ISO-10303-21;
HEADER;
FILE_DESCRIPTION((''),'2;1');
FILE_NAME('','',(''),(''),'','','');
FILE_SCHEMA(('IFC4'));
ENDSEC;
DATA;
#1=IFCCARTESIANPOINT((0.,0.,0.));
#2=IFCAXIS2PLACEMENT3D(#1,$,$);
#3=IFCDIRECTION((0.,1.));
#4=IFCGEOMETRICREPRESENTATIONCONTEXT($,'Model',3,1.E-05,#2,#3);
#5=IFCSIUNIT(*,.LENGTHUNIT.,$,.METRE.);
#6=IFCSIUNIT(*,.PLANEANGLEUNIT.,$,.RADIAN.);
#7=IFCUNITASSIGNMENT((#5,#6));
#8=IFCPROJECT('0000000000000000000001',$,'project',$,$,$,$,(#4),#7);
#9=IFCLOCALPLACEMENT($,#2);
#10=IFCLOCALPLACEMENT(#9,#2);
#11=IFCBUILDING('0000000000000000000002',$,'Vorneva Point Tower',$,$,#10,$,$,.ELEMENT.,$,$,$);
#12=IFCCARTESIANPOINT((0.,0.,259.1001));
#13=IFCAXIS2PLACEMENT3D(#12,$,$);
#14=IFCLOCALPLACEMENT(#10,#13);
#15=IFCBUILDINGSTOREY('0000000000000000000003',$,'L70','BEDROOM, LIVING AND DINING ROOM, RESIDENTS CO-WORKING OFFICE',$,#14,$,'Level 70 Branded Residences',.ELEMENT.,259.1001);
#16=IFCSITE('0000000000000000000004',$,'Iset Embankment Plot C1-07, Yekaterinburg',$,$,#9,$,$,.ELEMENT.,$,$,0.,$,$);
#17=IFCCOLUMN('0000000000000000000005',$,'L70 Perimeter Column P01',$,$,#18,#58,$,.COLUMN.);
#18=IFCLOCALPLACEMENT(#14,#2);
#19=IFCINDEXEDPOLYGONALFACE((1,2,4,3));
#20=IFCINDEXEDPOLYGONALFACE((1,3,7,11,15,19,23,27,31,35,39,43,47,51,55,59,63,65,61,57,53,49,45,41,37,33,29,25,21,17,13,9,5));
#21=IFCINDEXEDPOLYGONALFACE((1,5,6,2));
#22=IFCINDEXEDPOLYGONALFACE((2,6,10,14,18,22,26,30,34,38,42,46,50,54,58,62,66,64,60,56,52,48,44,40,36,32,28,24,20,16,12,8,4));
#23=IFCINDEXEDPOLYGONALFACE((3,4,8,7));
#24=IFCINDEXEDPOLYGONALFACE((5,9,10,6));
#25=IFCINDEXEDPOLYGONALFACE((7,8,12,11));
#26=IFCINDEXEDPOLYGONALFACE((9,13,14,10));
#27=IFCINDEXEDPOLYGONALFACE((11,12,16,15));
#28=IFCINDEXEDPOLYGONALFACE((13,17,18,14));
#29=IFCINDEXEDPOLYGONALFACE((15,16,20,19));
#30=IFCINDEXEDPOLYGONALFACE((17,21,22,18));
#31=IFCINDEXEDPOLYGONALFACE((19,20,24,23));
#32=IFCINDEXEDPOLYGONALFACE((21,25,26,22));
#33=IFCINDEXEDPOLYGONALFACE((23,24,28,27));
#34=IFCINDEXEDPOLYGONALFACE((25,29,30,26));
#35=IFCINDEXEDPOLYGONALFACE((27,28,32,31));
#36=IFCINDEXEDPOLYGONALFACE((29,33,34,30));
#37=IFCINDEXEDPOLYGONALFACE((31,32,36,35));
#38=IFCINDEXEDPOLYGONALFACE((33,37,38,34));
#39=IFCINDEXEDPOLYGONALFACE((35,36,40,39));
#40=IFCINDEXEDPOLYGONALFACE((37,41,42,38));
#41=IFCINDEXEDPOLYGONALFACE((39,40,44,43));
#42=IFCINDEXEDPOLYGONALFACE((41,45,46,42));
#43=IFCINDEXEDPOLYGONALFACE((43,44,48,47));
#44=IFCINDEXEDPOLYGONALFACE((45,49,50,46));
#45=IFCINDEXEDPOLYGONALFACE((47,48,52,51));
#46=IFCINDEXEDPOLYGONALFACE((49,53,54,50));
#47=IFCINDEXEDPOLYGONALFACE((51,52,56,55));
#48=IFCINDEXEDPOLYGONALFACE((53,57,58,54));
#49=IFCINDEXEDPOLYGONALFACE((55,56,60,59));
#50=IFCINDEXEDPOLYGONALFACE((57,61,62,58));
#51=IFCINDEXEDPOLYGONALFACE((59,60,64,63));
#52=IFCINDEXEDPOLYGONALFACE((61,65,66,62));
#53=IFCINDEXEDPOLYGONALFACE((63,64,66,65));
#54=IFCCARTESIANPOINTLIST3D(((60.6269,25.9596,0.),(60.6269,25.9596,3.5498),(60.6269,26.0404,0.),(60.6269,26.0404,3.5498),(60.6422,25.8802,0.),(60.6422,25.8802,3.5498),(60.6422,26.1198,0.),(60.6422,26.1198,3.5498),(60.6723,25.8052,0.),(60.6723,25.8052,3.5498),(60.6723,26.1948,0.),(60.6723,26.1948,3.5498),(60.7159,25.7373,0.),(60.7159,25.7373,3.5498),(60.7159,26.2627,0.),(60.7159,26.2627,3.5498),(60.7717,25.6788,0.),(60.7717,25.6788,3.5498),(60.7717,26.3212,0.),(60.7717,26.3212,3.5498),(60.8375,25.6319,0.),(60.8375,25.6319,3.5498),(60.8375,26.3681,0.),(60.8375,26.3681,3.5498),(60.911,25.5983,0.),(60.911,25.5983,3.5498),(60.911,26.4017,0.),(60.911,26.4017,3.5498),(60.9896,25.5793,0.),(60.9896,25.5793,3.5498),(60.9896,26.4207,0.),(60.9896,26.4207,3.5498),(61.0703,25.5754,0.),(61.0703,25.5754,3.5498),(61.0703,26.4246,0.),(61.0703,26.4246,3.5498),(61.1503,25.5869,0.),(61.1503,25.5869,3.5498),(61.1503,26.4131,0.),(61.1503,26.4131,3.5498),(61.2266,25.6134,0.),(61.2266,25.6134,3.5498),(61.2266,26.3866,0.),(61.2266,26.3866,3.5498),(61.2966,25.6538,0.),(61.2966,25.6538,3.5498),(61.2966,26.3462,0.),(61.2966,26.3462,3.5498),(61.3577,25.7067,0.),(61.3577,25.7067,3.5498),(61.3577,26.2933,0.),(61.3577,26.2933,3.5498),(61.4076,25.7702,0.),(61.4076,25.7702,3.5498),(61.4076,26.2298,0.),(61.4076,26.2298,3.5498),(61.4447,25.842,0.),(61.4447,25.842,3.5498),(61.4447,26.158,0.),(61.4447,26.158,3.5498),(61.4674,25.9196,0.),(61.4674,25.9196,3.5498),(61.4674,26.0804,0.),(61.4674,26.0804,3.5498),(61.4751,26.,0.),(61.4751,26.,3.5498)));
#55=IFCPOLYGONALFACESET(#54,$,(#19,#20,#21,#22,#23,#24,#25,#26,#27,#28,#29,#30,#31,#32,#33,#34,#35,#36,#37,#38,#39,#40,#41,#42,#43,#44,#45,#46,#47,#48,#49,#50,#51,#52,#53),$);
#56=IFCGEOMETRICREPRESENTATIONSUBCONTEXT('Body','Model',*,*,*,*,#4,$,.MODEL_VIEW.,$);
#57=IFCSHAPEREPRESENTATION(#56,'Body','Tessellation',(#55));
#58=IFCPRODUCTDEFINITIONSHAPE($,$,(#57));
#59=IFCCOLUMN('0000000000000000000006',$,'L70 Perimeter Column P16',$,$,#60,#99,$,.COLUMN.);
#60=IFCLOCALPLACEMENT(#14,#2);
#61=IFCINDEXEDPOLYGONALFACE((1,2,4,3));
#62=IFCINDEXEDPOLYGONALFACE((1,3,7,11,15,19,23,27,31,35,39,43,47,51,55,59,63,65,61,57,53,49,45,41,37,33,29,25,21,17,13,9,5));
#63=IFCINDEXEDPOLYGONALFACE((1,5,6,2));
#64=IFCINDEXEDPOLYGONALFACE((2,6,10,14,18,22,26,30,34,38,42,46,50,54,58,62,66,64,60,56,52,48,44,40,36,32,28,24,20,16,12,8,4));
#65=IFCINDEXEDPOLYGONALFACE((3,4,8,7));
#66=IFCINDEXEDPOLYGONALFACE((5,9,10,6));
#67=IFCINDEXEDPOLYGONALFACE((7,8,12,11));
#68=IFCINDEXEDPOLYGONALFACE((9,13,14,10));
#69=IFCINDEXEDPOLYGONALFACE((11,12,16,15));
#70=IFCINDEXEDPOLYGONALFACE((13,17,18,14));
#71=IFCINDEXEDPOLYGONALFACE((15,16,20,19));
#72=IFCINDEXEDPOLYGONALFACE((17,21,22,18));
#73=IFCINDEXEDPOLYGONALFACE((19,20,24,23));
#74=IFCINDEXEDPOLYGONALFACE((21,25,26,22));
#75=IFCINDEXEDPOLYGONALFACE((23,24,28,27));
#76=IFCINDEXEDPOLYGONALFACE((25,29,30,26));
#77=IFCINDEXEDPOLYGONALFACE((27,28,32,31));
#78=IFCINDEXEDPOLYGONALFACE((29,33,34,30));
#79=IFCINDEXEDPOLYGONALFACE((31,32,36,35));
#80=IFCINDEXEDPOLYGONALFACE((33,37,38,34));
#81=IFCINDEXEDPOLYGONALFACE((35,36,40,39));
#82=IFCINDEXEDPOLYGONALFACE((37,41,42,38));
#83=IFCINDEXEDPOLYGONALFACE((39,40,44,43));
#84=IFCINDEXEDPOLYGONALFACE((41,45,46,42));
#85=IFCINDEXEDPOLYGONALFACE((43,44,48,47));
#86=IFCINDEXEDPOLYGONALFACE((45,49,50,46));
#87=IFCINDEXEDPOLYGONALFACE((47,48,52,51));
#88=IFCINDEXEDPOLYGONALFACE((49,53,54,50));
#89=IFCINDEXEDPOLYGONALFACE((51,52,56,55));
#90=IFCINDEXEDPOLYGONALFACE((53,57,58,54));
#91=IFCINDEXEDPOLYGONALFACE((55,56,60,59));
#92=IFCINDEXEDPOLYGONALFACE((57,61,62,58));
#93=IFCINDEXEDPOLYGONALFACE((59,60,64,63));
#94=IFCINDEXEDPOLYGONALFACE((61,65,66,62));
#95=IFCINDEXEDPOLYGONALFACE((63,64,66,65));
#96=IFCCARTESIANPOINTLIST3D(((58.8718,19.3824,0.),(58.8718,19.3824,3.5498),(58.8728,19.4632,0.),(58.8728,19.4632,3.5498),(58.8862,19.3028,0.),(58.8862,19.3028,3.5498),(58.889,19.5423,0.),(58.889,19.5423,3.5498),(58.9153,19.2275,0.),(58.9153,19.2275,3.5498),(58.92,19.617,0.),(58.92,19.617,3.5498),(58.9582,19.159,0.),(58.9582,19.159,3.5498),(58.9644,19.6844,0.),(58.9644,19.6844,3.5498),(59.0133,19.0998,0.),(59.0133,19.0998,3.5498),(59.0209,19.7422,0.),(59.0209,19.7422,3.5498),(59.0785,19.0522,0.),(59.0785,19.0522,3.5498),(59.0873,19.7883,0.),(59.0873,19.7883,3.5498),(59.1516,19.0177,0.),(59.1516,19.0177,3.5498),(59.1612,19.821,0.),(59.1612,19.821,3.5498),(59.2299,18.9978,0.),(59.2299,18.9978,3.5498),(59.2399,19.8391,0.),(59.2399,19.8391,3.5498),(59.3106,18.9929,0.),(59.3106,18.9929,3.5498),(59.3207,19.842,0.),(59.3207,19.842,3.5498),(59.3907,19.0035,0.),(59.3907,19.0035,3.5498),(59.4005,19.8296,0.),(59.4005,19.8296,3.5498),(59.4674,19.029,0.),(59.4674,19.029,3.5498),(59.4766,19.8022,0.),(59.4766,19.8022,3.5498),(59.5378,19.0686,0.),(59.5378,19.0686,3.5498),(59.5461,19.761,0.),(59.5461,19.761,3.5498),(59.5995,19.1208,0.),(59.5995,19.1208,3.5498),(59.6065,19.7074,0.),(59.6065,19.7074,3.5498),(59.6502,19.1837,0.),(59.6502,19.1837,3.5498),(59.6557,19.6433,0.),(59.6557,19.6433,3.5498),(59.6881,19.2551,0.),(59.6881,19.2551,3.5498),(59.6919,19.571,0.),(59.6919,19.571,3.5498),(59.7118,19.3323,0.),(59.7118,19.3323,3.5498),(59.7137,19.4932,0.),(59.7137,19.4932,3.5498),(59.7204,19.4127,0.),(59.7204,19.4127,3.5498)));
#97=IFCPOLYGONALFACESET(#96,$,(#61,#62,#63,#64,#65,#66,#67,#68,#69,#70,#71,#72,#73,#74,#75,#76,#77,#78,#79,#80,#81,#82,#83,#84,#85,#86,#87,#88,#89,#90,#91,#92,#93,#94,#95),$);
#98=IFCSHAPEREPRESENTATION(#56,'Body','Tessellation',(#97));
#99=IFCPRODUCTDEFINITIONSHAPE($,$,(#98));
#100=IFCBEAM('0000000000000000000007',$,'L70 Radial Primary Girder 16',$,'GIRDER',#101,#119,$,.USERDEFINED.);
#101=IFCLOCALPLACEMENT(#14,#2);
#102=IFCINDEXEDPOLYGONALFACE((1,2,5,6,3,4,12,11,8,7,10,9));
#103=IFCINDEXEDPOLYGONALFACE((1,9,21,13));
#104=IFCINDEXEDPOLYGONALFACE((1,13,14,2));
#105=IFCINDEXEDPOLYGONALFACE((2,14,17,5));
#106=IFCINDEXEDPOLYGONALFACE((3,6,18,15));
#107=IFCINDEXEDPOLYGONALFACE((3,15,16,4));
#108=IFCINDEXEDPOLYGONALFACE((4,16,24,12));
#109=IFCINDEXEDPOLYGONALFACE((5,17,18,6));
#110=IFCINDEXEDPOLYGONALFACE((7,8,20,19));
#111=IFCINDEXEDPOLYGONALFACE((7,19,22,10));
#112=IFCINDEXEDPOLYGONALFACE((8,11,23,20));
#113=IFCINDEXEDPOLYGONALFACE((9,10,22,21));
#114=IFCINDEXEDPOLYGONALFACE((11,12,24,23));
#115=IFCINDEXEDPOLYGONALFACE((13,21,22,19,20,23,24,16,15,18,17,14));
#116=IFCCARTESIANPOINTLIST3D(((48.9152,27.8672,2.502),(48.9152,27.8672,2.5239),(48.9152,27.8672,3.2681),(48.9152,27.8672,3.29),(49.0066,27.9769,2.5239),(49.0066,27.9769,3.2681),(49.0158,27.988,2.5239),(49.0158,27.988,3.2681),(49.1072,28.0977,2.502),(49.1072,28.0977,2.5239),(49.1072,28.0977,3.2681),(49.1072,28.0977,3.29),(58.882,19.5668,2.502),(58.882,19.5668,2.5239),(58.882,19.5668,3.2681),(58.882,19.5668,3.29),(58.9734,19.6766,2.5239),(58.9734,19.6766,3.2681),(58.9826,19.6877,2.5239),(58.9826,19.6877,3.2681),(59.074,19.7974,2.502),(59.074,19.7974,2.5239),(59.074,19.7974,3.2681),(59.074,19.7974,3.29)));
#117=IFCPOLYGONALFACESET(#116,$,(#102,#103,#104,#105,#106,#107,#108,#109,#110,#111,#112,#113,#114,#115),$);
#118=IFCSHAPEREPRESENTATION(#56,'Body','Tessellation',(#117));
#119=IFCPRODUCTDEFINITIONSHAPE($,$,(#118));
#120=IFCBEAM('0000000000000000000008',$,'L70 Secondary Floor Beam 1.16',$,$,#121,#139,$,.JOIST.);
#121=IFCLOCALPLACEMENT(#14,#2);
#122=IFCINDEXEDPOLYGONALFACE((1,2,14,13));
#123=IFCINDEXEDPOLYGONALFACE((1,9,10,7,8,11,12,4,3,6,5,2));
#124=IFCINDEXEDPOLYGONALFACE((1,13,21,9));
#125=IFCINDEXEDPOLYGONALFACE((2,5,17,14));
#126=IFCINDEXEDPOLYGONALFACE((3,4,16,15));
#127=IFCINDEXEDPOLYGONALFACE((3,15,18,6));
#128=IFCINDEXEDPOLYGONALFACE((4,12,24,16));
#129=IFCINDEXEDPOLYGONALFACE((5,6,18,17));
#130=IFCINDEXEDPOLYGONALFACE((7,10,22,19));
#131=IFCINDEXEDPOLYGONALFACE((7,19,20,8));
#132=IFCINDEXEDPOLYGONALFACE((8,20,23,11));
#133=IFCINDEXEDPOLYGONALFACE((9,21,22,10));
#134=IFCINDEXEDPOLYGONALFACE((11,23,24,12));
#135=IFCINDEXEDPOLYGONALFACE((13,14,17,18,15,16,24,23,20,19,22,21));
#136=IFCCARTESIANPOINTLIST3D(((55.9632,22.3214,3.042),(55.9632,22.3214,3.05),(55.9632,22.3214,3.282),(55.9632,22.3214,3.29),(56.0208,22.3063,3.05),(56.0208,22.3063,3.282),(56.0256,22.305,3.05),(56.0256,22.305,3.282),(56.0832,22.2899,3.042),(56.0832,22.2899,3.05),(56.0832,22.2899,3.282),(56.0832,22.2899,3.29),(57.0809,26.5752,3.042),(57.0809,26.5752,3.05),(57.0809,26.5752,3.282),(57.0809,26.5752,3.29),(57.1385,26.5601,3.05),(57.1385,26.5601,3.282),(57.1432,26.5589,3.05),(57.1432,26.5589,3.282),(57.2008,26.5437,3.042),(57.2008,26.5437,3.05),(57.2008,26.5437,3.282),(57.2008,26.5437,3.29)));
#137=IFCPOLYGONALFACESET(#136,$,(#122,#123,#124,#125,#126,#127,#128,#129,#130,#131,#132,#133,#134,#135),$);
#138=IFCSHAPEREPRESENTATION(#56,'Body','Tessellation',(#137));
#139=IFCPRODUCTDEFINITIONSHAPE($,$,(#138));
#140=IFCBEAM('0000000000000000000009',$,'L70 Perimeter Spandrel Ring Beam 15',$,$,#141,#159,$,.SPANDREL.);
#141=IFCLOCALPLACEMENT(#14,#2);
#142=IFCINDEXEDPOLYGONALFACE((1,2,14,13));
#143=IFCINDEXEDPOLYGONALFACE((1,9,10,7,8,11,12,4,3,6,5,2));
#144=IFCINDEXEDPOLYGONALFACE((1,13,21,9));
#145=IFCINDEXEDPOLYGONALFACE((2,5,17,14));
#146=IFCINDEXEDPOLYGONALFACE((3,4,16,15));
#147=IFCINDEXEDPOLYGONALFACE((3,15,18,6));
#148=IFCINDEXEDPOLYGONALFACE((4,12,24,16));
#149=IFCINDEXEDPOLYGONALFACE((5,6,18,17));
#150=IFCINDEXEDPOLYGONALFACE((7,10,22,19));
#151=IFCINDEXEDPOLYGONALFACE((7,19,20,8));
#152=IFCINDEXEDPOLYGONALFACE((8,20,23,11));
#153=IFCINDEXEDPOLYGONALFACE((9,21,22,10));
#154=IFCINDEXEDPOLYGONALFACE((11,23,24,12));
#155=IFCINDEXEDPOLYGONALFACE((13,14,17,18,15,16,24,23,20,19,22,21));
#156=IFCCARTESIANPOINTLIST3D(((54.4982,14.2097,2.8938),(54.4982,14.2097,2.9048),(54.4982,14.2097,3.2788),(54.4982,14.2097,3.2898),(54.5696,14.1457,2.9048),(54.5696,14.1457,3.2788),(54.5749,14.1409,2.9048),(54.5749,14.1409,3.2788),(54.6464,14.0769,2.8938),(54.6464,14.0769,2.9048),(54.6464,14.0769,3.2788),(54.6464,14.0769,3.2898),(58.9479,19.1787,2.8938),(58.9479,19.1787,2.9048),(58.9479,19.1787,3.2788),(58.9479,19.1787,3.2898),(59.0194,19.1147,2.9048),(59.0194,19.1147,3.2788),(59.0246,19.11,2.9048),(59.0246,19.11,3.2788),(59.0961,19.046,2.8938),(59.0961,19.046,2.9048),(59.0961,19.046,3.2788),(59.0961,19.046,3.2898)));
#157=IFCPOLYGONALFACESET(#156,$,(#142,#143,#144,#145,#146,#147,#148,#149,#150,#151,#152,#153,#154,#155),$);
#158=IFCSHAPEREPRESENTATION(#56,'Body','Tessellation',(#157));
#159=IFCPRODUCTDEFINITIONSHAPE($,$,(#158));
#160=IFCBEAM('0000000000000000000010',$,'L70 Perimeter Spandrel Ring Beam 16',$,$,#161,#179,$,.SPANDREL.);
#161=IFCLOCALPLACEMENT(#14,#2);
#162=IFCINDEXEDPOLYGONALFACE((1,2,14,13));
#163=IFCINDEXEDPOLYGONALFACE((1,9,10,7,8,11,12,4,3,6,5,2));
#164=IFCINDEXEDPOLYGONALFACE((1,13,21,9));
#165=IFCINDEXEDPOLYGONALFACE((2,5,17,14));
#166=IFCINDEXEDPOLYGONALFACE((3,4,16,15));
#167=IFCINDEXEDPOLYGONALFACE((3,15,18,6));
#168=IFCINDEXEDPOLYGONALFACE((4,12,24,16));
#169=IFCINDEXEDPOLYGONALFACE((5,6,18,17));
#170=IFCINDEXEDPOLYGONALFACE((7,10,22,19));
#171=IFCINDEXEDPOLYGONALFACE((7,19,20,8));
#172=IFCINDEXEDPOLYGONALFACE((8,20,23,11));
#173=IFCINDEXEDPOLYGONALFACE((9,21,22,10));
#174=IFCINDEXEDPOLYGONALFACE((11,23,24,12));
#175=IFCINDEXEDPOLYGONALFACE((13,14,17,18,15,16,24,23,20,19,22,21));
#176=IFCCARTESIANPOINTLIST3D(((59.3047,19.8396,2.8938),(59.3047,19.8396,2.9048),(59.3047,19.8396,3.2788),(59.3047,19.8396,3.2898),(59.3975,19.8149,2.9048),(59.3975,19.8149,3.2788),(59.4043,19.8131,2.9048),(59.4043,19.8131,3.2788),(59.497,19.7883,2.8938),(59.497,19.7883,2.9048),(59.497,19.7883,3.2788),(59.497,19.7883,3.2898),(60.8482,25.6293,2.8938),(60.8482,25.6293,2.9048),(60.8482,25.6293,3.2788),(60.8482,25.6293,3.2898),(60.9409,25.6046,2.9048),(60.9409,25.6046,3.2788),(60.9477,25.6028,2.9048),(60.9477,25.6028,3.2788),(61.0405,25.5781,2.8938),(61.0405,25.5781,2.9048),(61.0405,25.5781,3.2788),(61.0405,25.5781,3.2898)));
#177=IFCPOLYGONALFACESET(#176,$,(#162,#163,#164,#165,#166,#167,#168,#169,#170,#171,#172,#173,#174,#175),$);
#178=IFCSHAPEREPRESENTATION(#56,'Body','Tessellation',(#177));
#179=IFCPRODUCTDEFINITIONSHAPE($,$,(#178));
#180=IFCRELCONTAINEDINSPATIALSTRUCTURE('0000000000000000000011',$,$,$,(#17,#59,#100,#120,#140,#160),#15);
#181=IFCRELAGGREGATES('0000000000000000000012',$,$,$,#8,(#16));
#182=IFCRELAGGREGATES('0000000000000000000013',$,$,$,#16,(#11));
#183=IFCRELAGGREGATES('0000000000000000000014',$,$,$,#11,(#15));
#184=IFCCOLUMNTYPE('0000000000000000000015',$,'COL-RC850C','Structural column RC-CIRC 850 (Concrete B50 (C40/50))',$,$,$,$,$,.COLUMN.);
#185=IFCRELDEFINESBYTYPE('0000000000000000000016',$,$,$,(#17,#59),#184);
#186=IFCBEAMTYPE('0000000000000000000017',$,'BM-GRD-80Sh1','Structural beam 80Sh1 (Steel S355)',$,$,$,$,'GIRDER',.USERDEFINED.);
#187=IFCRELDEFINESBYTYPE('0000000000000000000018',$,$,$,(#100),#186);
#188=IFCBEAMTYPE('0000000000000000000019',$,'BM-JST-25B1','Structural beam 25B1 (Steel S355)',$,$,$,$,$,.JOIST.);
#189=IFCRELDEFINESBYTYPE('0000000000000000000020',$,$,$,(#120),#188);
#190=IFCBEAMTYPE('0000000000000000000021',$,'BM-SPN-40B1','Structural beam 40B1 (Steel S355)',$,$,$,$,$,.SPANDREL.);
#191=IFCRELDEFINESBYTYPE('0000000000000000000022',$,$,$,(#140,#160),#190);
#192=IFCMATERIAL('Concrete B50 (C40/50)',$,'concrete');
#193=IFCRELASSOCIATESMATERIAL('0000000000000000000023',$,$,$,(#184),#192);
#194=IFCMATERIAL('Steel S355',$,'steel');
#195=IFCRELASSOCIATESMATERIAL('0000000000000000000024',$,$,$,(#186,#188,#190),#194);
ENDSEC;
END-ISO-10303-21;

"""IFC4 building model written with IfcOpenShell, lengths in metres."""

from ifc_helpers import new_model, si_unit, direction, frame, origin, origin_2d, place, context, subcontext, project, spatial, circle, i_section, extrude, material, material_profile, profile_set, type_object, element, save


model = new_model("IFC4")

# Units and contexts
model_context = context("Model", 3, precision=1e-05, world=origin(), true_north=direction((0.0, 1.0)))
body_context = subcontext(model_context, "Body", "Model", "MODEL_VIEW")
ifc_project = project(units=[si_unit("LENGTHUNIT", "METRE"), si_unit("PLANEANGLEUNIT", "RADIAN")], contexts=[model_context])

# Site, building, storey
site_placement = place(None, origin())
site = spatial("IfcSite", under=ifc_project, at=site_placement, Name="Iset Embankment Plot C1-07, Yekaterinburg", CompositionType="ELEMENT", RefElevation=0.0)
building_placement = place(site_placement, origin())
building = spatial("IfcBuilding", under=site, at=building_placement, Name="Vorneva Point Tower", CompositionType="ELEMENT")
storey_placement = place(building_placement, frame((0.0, 0.0, 259.1001)))
storey = spatial("IfcBuildingStorey", under=building, at=storey_placement, Name="L70", Description="BEDROOM, LIVING AND DINING ROOM, RESIDENTS CO-WORKING OFFICE", LongName="Level 70 Branded Residences", CompositionType="ELEMENT", Elevation=259.1001)

# Columns
ifc_material_1 = material(Name="Concrete B50 (C40/50)", Category="concrete")
ifc_material_profile_1 = material_profile(ifc_material_1, circle(Radius=0.425, at=origin_2d()), Name="RC-CIRC 850")
ifc_profile_set_1 = profile_set([ifc_material_profile_1], Name="Concrete B50 (C40/50)")
column_type = type_object("IfcColumnType", Name="COL-RC850C", Description="Structural column RC-CIRC 850 (Concrete B50 (C40/50))", PredefinedType="COLUMN", material=ifc_profile_set_1)
for number, where, z_axis, x_axis, name in (
    (1, (61.05, 26.0, 0.0), (0.0, 0.0, 1.0), (1.0, 0.0, 0.0), "L70 Perimeter Column P01"),
    (2, (59.2954, 19.4177, 0.0), (0.0, 0.0, 1.0), (0.92388, -0.382683, 0.0), "L70 Perimeter Column P16"),
):
    element("IfcColumn", number, at=place(storey_placement, frame(where, z_axis=z_axis, x_axis=x_axis)), inside=storey, type_object=column_type, Name=name, PredefinedType="COLUMN", context=body_context, shape_type="SweptSolid", body=[
        extrude(circle(Radius=0.425, at=origin_2d()), origin(), (0.0, 0.0, 1.0), 3.5498),
    ])

# Beams
ifc_material_2 = material(Name="Steel S355", Category="steel")
ifc_material_profile_2 = material_profile(ifc_material_2, i_section(OverallWidth=0.3, OverallDepth=0.7881, WebThickness=0.0144, FlangeThickness=0.022, at=origin_2d()), Name="80Sh1")
ifc_profile_set_2 = profile_set([ifc_material_profile_2], Name="Steel S355")
beam_type_1 = type_object("IfcBeamType", Name="BM-GRD-80Sh1", Description="Structural beam 80Sh1 (Steel S355)", ElementType="GIRDER", PredefinedType="USERDEFINED", material=ifc_profile_set_2)
beam_1_placement = place(storey_placement, frame((58.978, 19.6821, 2.896), z_axis=(-0.768425, 0.63994, 0.0), x_axis=(-0.63994, -0.768425, 0.0)))
element("IfcBeam", 3, at=beam_1_placement, inside=storey, type_object=beam_type_1, Name="L70 Radial Primary Girder 16", ObjectType="GIRDER", PredefinedType="USERDEFINED", context=body_context, shape_type="SweptSolid", body=[
    extrude(i_section(OverallWidth=0.3, OverallDepth=0.7881, WebThickness=0.0144, FlangeThickness=0.022, at=origin_2d()), origin(), (0.0, 0.0, 1.0), 12.9705),
])
ifc_material_profile_3 = material_profile(ifc_material_2, i_section(OverallWidth=0.124, OverallDepth=0.248, WebThickness=0.0049, FlangeThickness=0.0081, at=origin_2d()), Name="25B1")
ifc_profile_set_3 = profile_set([ifc_material_profile_3], Name="Steel S355")
beam_type_2 = type_object("IfcBeamType", Name="BM-JST-25B1", Description="Structural beam 25B1 (Steel S355)", PredefinedType="JOIST", material=ifc_profile_set_3)
beam_2_placement = place(storey_placement, frame((56.0232, 22.3057, 3.166), z_axis=(0.254116, 0.967174, 0.0), x_axis=(-0.967174, 0.254116, 0.0)))
element("IfcBeam", 4, at=beam_2_placement, inside=storey, type_object=beam_type_2, Name="L70 Secondary Floor Beam 1.16", PredefinedType="JOIST", context=body_context, shape_type="SweptSolid", body=[
    extrude(i_section(OverallWidth=0.124, OverallDepth=0.248, WebThickness=0.0049, FlangeThickness=0.0081, at=origin_2d()), origin(), (0.0, 0.0, 1.0), 4.3982),
])
ifc_material_profile_4 = material_profile(ifc_material_2, i_section(OverallWidth=0.199, OverallDepth=0.396, WebThickness=0.0071, FlangeThickness=0.011, at=origin_2d()), Name="40B1")
ifc_profile_set_4 = profile_set([ifc_material_profile_4], Name="Steel S355")
beam_type_3 = type_object("IfcBeamType", Name="BM-SPN-40B1", Description="Structural beam 40B1 (Steel S355)", PredefinedType="SPANDREL", material=ifc_profile_set_4)
beam_3_placement = place(storey_placement, frame((54.5723, 14.1433, 3.0918), z_axis=(0.667108, 0.744961, 0.0), x_axis=(-0.744961, 0.667108, 0.0)))
element("IfcBeam", 5, at=beam_3_placement, inside=storey, type_object=beam_type_3, Name="L70 Perimeter Spandrel Ring Beam 15", PredefinedType="SPANDREL", context=body_context, shape_type="SweptSolid", body=[
    extrude(i_section(OverallWidth=0.199, OverallDepth=0.396, WebThickness=0.0071, FlangeThickness=0.011, at=origin_2d()), origin(), (0.0, 0.0, 1.0), 6.6702),
])
beam_4_placement = place(storey_placement, frame((59.4009, 19.814, 3.0918), z_axis=(0.257587, 0.966255, 0.0), x_axis=(-0.966255, 0.257587, 0.0)))
element("IfcBeam", 6, at=beam_4_placement, inside=storey, type_object=beam_type_3, Name="L70 Perimeter Spandrel Ring Beam 16", PredefinedType="SPANDREL", context=body_context, shape_type="SweptSolid", body=[
    extrude(i_section(OverallWidth=0.199, OverallDepth=0.396, WebThickness=0.0071, FlangeThickness=0.011, at=origin_2d()), origin(), (0.0, 0.0, 1.0), 5.9919),
])

save(model, "model.ifc")
